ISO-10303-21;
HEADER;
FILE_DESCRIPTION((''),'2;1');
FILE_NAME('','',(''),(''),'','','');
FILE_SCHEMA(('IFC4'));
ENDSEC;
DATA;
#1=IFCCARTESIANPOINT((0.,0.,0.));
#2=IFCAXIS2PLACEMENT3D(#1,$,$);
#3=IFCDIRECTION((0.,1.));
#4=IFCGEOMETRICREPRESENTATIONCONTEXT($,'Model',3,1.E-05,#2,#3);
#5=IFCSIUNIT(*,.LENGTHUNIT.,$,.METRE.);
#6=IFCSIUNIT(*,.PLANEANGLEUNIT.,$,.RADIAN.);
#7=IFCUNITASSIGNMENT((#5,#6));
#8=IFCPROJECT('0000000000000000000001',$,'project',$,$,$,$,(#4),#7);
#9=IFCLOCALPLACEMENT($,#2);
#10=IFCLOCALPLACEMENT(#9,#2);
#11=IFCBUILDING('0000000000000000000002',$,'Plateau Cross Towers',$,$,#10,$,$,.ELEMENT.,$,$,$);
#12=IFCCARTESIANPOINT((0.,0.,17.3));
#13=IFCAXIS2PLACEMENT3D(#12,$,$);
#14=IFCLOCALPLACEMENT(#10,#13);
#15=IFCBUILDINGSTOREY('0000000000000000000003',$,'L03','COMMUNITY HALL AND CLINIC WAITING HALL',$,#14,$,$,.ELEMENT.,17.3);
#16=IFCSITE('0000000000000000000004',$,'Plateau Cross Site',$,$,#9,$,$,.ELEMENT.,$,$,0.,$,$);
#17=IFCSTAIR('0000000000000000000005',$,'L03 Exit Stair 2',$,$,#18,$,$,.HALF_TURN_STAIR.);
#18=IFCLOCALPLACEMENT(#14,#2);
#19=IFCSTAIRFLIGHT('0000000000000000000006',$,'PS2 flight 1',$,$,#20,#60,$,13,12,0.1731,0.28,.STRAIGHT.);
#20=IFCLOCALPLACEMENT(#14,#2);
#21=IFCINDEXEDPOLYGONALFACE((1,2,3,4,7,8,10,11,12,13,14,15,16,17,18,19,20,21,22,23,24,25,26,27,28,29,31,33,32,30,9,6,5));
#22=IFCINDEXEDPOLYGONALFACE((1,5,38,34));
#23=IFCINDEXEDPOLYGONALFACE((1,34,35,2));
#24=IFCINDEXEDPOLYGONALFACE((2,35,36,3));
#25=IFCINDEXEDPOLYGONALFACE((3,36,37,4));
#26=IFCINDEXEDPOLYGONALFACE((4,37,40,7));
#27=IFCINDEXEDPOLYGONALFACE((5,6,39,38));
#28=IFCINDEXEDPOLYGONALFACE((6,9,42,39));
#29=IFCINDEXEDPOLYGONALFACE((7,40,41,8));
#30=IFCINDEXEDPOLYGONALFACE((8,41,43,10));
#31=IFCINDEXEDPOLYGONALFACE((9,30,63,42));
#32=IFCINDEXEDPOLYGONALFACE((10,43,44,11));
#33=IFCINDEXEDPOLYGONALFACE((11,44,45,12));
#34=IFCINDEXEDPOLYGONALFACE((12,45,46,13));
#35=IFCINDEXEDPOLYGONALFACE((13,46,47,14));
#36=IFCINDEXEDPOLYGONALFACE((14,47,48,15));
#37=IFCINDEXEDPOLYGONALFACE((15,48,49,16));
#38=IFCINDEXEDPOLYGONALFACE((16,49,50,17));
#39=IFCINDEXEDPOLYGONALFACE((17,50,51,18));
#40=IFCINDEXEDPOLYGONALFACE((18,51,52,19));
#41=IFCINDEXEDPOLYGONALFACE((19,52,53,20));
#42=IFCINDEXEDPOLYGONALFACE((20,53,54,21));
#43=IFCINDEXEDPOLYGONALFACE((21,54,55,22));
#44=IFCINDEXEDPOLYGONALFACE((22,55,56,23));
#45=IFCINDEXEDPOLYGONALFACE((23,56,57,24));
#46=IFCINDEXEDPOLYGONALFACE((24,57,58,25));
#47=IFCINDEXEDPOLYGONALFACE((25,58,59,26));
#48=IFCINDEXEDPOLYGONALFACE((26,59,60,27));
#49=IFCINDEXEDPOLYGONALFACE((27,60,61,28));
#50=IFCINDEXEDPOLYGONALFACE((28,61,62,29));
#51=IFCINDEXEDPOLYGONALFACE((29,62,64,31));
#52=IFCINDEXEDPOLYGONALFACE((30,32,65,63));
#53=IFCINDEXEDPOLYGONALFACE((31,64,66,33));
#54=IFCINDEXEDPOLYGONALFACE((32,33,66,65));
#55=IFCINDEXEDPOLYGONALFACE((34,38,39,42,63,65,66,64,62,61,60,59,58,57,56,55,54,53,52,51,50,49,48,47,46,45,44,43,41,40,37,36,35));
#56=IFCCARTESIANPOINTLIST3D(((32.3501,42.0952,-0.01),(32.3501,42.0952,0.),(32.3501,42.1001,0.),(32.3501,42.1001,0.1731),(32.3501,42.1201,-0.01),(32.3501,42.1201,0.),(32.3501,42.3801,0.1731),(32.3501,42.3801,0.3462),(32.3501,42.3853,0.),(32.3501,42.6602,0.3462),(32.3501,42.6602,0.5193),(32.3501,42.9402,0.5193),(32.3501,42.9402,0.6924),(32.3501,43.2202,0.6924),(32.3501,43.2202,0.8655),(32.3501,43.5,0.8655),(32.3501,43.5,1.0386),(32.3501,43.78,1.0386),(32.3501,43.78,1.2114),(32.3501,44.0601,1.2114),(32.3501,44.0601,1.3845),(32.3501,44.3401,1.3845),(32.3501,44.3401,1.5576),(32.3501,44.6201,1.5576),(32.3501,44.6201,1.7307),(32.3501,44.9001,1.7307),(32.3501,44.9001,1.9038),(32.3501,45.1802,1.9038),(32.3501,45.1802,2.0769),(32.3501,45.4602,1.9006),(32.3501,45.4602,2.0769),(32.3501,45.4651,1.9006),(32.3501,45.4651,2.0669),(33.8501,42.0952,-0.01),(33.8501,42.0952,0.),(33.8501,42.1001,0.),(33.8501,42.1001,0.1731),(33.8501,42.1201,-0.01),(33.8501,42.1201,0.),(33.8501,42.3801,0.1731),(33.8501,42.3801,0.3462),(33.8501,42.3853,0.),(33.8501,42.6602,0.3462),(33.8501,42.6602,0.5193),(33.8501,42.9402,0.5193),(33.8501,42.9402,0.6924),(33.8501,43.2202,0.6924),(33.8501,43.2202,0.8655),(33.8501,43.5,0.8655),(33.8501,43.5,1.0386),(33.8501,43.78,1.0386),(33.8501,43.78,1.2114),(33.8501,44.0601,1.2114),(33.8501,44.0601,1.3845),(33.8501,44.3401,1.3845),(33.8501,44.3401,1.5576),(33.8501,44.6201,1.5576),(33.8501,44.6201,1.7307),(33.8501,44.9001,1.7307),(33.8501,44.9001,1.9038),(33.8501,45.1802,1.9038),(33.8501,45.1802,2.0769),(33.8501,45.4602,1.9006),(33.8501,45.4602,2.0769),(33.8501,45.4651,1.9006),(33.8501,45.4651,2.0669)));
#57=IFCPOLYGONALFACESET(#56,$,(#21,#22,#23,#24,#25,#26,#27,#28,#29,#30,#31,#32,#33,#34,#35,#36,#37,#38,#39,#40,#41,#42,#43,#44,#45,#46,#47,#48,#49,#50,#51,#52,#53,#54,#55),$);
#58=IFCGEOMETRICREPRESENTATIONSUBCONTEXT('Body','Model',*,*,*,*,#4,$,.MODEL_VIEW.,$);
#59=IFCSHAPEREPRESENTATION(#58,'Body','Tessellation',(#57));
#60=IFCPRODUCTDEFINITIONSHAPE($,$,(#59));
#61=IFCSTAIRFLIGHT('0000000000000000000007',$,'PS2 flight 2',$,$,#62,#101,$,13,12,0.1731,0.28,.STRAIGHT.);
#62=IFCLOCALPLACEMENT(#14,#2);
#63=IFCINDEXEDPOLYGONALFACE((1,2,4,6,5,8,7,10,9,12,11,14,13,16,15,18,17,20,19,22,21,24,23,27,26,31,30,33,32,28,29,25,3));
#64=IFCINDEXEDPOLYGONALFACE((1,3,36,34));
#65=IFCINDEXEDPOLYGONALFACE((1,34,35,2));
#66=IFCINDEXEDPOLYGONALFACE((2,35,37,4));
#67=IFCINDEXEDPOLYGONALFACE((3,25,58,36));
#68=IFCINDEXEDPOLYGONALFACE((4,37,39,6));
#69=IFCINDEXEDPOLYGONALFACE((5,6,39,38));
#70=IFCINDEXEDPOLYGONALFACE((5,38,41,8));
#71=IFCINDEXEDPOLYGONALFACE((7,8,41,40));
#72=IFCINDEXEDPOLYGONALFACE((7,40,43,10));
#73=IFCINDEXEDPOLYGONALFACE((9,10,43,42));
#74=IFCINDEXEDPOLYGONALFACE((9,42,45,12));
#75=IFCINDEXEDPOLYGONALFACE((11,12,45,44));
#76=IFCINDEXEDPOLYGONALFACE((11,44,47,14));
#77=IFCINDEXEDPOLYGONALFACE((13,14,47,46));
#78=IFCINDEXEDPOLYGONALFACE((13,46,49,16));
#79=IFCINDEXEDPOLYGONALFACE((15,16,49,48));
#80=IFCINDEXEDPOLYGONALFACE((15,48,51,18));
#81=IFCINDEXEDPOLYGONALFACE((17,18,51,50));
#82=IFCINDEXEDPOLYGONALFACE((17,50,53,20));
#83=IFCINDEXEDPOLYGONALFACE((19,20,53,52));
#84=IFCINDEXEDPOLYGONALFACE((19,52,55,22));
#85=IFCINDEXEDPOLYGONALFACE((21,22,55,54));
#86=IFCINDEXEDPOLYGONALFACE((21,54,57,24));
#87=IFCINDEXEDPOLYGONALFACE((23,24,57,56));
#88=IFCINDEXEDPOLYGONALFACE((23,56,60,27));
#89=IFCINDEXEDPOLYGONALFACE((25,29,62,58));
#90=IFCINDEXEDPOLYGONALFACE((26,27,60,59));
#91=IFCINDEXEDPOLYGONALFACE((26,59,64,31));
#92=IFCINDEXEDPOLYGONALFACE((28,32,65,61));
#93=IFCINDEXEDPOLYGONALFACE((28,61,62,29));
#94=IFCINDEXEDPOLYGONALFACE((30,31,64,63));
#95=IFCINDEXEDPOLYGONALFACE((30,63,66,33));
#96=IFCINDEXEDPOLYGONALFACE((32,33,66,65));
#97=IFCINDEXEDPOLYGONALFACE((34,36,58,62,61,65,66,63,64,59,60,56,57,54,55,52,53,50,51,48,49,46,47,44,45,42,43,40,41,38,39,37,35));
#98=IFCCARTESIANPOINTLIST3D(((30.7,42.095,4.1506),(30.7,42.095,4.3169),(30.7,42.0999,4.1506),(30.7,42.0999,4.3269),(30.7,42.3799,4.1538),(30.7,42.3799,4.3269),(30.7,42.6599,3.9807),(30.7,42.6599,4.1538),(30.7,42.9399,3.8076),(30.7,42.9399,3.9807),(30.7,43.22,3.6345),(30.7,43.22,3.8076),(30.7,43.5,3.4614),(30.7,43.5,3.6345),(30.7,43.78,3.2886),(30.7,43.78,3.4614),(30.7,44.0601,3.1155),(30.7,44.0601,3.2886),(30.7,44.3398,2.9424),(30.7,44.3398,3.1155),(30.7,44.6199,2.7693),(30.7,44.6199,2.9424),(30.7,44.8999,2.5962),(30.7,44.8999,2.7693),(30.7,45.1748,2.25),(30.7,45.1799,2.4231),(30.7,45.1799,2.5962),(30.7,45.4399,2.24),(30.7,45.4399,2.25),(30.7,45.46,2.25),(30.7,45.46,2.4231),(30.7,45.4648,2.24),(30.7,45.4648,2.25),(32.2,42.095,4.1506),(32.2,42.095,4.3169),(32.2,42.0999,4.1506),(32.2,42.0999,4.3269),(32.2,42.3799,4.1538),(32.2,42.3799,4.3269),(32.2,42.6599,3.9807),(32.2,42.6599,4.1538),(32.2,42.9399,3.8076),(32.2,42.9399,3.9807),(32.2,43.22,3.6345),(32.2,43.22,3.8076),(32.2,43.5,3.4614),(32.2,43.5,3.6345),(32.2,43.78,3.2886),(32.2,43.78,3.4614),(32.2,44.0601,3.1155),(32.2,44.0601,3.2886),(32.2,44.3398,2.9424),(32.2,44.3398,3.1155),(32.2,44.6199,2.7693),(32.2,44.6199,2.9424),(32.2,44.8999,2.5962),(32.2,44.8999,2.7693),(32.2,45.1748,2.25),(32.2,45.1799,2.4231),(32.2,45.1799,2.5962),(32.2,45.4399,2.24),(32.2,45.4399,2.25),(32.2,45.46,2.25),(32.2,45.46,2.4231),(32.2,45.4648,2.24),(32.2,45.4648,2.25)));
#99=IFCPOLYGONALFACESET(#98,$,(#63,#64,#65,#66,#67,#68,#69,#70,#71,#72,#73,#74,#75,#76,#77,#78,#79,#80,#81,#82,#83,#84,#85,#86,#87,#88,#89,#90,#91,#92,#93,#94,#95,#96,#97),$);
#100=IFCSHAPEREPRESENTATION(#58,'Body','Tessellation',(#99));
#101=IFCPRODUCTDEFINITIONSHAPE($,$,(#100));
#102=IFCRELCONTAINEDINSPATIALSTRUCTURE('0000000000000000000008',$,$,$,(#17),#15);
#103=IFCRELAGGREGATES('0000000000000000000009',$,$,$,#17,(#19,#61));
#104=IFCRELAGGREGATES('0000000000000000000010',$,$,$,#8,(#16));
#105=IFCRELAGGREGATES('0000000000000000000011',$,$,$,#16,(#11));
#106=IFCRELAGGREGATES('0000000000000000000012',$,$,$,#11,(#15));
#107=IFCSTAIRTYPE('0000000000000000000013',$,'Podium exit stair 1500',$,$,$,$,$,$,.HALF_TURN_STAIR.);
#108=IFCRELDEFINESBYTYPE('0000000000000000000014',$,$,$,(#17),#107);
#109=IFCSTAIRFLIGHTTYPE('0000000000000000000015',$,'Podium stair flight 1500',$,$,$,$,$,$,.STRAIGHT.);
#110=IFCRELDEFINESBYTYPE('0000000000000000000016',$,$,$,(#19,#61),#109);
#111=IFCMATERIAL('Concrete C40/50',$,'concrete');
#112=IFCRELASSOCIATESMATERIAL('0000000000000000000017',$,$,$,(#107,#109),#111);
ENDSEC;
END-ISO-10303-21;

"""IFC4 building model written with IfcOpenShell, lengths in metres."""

from ifc_helpers import new_model, si_unit, direction, frame, origin, place, context, subcontext, project, spatial, polyline, outline, extrude, material, type_object, element, aggregate, save


model = new_model("IFC4")

# Units and contexts
model_context = context("Model", 3, precision=1e-05, world=origin(), true_north=direction((0.0, 1.0)))
body_context = subcontext(model_context, "Body", "Model", "MODEL_VIEW")
ifc_project = project(units=[si_unit("LENGTHUNIT", "METRE"), si_unit("PLANEANGLEUNIT", "RADIAN")], contexts=[model_context])

# Site, building, storey
site_placement = place(None, origin())
site = spatial("IfcSite", under=ifc_project, at=site_placement, Name="Plateau Cross Site", CompositionType="ELEMENT", RefElevation=0.0)
building_placement = place(site_placement, origin())
building = spatial("IfcBuilding", under=site, at=building_placement, Name="Plateau Cross Towers", CompositionType="ELEMENT")
storey_placement = place(building_placement, frame((0.0, 0.0, 17.3)))
storey = spatial("IfcBuildingStorey", under=building, at=storey_placement, Name="L03", Description="COMMUNITY HALL AND CLINIC WAITING HALL", CompositionType="ELEMENT", Elevation=17.3)

# Stair, stair flights
ifc_material_1 = material(Name="Concrete C40/50", Category="concrete")
stair_type = type_object("IfcStairType", Name="Podium exit stair 1500", PredefinedType="HALF_TURN_STAIR", material=ifc_material_1)
stair_placement = place(storey_placement, origin())
stair = element("IfcStair", 1, at=stair_placement, inside=storey, type_object=stair_type, Name="L03 Exit Stair 2", PredefinedType="HALF_TURN_STAIR")
stair_flight_type = type_object("IfcStairFlightType", Name="Podium stair flight 1500", PredefinedType="STRAIGHT", material=ifc_material_1)
stair_flight_1_placement = place(storey_placement, frame((33.1001, 42.1001, 0.0), z_axis=(0.0, 0.0, 1.0), x_axis=(0.0, 1.0, 0.0)))
stair_flight_1 = element("IfcStairFlight", 2, at=stair_flight_1_placement, type_object=stair_flight_type, Name="PS2 flight 1", NumberOfRisers=13, NumberOfTreads=12, PredefinedType="STRAIGHT", RiserHeight=0.1731, TreadLength=0.28, context=body_context, shape_type="SweptSolid", body=[
    extrude(outline(polyline([(-0.0049, -0.01), (-0.0049, 0.0), (0.0, 0.0), (0.0, 0.1731), (0.28, 0.1731), (0.28, 0.3462), (0.5601, 0.3462), (0.5601, 0.5193), (0.8401, 0.5193), (0.8401, 0.6924), (1.1201, 0.6924), (1.1201, 0.8655), (1.3999, 0.8655), (1.3999, 1.0386), (1.6799, 1.0386), (1.6799, 1.2114), (1.96, 1.2114), (1.96, 1.3845), (2.24, 1.3845), (2.24, 1.5576), (2.52, 1.5576), (2.52, 1.7307), (2.8, 1.7307), (2.8, 1.9038), (3.0801, 1.9038), (3.0801, 2.0769), (3.3601, 2.0769), (3.365, 2.0669), (3.365, 1.9006), (3.3601, 1.9006), (0.2852, 0.0), (0.02, 0.0), (0.02, -0.01), (-0.0049, -0.01)])), frame((0.0, 0.75, 0.0), z_axis=(0.0, -1.0, 0.0), x_axis=(1.0, 0.0, 0.0)), (0.0, 0.0, 1.0), 1.5),
])
stair_flight_2_placement = place(storey_placement, frame((31.45, 45.46, 2.25), z_axis=(0.0, 0.0, 1.0), x_axis=(0.0, -1.0, 0.0)))
stair_flight_2 = element("IfcStairFlight", 3, at=stair_flight_2_placement, type_object=stair_flight_type, Name="PS2 flight 2", NumberOfRisers=13, NumberOfTreads=12, PredefinedType="STRAIGHT", RiserHeight=0.1731, TreadLength=0.28, context=body_context, shape_type="SweptSolid", body=[
    extrude(outline(polyline([(-0.0049, -0.01), (-0.0049, 0.0), (0.0, 0.0), (0.0, 0.1731), (0.28, 0.1731), (0.28, 0.3462), (0.5601, 0.3462), (0.5601, 0.5193), (0.8401, 0.5193), (0.8401, 0.6924), (1.1201, 0.6924), (1.1201, 0.8655), (1.3999, 0.8655), (1.3999, 1.0386), (1.6799, 1.0386), (1.6799, 1.2114), (1.96, 1.2114), (1.96, 1.3845), (2.24, 1.3845), (2.24, 1.5576), (2.52, 1.5576), (2.52, 1.7307), (2.8, 1.7307), (2.8, 1.9038), (3.0801, 1.9038), (3.0801, 2.0769), (3.3601, 2.0769), (3.365, 2.0669), (3.365, 1.9006), (3.3601, 1.9006), (0.2852, 0.0), (0.02, 0.0), (0.02, -0.01), (-0.0049, -0.01)])), frame((0.0, 0.75, 0.0), z_axis=(0.0, -1.0, 0.0), x_axis=(1.0, 0.0, 0.0)), (0.0, 0.0, 1.0), 1.5),
])
aggregate(stair, [stair_flight_1, stair_flight_2])

save(model, "model.ifc")
